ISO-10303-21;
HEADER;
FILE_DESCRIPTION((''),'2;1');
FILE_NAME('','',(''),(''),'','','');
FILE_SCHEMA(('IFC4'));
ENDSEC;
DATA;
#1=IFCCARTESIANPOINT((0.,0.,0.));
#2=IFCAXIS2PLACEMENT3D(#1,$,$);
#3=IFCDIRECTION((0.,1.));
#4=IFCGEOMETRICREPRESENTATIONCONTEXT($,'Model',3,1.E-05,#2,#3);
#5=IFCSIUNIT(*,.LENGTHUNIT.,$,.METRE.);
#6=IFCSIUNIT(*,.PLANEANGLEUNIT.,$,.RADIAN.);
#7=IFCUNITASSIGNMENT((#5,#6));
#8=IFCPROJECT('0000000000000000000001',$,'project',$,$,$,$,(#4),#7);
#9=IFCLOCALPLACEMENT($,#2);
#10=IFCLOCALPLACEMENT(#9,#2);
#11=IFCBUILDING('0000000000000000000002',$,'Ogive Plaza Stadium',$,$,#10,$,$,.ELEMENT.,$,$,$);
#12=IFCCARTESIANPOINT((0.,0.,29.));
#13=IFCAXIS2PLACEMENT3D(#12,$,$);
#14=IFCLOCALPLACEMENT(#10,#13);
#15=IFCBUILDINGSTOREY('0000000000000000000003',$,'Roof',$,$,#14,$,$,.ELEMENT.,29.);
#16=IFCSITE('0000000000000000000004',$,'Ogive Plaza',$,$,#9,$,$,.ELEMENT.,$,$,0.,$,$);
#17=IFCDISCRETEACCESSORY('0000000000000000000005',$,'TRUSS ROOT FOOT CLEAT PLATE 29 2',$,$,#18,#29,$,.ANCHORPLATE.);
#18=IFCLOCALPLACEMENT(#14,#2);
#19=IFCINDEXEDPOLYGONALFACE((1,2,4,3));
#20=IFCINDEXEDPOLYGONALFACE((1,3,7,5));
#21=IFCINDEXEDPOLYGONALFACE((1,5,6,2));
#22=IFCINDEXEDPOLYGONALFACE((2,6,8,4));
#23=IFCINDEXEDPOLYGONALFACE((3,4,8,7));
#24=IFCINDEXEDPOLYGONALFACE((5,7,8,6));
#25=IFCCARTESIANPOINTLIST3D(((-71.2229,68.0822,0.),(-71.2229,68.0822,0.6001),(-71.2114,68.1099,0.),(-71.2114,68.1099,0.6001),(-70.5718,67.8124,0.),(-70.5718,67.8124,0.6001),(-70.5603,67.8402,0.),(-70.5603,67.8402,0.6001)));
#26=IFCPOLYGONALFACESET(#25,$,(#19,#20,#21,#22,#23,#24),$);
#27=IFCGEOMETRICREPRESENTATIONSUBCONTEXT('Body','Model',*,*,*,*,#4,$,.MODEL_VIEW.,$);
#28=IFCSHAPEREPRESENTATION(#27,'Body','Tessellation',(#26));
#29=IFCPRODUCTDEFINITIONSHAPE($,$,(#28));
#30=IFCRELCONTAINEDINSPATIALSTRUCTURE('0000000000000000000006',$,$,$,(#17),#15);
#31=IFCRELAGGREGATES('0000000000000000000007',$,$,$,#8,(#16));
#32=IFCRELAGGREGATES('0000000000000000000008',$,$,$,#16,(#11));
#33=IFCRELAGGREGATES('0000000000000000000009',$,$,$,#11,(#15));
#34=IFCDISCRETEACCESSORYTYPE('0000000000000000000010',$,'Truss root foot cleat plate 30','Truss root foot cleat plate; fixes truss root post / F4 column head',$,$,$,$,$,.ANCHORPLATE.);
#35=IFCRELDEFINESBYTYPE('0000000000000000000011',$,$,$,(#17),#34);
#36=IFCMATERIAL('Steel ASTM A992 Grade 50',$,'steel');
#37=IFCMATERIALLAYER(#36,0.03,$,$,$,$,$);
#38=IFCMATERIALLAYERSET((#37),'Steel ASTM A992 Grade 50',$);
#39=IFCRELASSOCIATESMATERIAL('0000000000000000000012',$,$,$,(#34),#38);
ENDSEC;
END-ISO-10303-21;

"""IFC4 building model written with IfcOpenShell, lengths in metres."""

from ifc_helpers import new_model, si_unit, direction, frame, origin, origin_2d, place, context, subcontext, project, spatial, rectangle, extrude, material, layer, layer_set, type_object, element, save


model = new_model("IFC4")

# Units and contexts
model_context = context("Model", 3, precision=1e-05, world=origin(), true_north=direction((0.0, 1.0)))
body_context = subcontext(model_context, "Body", "Model", "MODEL_VIEW")
ifc_project = project(units=[si_unit("LENGTHUNIT", "METRE"), si_unit("PLANEANGLEUNIT", "RADIAN")], contexts=[model_context])

# Site, building, storey
site_placement = place(None, origin())
site = spatial("IfcSite", under=ifc_project, at=site_placement, Name="Ogive Plaza", CompositionType="ELEMENT", RefElevation=0.0)
building_placement = place(site_placement, origin())
building = spatial("IfcBuilding", under=site, at=building_placement, Name="Ogive Plaza Stadium", CompositionType="ELEMENT")
storey_placement = place(building_placement, frame((0.0, 0.0, 29.0)))
storey = spatial("IfcBuildingStorey", under=building, at=storey_placement, Name="Roof", CompositionType="ELEMENT", Elevation=29.0)

# Discrete accessory
ifc_material_1 = material(Name="Steel ASTM A992 Grade 50", Category="steel")
ifc_layer_1 = layer(ifc_material_1, 0.03)
ifc_layer_set_1 = layer_set([ifc_layer_1], Name="Steel ASTM A992 Grade 50")
discrete_accessory_type_1 = type_object("IfcDiscreteAccessoryType", Name="Truss root foot cleat plate 30", Description="Truss root foot cleat plate; fixes truss root post / F4 column head", PredefinedType="ANCHORPLATE", material=ifc_layer_set_1)
for number, where, z_axis, x_axis, name in (
    (1, (-70.8916, 67.9612, 0.0), (0.0, 0.0, 1.0), (-0.92388, 0.382683, 0.0), "TRUSS ROOT FOOT CLEAT PLATE 29 2"),
):
    element("IfcDiscreteAccessory", number, at=place(storey_placement, frame(where, z_axis=z_axis, x_axis=x_axis)), inside=storey, type_object=discrete_accessory_type_1, Name=name, PredefinedType="ANCHORPLATE", context=body_context, shape_type="SweptSolid", body=[
        extrude(rectangle(XDim=0.7048, YDim=0.03, at=origin_2d()), origin(), (0.0, 0.0, 1.0), 0.6001),
    ])

save(model, "model.ifc")
